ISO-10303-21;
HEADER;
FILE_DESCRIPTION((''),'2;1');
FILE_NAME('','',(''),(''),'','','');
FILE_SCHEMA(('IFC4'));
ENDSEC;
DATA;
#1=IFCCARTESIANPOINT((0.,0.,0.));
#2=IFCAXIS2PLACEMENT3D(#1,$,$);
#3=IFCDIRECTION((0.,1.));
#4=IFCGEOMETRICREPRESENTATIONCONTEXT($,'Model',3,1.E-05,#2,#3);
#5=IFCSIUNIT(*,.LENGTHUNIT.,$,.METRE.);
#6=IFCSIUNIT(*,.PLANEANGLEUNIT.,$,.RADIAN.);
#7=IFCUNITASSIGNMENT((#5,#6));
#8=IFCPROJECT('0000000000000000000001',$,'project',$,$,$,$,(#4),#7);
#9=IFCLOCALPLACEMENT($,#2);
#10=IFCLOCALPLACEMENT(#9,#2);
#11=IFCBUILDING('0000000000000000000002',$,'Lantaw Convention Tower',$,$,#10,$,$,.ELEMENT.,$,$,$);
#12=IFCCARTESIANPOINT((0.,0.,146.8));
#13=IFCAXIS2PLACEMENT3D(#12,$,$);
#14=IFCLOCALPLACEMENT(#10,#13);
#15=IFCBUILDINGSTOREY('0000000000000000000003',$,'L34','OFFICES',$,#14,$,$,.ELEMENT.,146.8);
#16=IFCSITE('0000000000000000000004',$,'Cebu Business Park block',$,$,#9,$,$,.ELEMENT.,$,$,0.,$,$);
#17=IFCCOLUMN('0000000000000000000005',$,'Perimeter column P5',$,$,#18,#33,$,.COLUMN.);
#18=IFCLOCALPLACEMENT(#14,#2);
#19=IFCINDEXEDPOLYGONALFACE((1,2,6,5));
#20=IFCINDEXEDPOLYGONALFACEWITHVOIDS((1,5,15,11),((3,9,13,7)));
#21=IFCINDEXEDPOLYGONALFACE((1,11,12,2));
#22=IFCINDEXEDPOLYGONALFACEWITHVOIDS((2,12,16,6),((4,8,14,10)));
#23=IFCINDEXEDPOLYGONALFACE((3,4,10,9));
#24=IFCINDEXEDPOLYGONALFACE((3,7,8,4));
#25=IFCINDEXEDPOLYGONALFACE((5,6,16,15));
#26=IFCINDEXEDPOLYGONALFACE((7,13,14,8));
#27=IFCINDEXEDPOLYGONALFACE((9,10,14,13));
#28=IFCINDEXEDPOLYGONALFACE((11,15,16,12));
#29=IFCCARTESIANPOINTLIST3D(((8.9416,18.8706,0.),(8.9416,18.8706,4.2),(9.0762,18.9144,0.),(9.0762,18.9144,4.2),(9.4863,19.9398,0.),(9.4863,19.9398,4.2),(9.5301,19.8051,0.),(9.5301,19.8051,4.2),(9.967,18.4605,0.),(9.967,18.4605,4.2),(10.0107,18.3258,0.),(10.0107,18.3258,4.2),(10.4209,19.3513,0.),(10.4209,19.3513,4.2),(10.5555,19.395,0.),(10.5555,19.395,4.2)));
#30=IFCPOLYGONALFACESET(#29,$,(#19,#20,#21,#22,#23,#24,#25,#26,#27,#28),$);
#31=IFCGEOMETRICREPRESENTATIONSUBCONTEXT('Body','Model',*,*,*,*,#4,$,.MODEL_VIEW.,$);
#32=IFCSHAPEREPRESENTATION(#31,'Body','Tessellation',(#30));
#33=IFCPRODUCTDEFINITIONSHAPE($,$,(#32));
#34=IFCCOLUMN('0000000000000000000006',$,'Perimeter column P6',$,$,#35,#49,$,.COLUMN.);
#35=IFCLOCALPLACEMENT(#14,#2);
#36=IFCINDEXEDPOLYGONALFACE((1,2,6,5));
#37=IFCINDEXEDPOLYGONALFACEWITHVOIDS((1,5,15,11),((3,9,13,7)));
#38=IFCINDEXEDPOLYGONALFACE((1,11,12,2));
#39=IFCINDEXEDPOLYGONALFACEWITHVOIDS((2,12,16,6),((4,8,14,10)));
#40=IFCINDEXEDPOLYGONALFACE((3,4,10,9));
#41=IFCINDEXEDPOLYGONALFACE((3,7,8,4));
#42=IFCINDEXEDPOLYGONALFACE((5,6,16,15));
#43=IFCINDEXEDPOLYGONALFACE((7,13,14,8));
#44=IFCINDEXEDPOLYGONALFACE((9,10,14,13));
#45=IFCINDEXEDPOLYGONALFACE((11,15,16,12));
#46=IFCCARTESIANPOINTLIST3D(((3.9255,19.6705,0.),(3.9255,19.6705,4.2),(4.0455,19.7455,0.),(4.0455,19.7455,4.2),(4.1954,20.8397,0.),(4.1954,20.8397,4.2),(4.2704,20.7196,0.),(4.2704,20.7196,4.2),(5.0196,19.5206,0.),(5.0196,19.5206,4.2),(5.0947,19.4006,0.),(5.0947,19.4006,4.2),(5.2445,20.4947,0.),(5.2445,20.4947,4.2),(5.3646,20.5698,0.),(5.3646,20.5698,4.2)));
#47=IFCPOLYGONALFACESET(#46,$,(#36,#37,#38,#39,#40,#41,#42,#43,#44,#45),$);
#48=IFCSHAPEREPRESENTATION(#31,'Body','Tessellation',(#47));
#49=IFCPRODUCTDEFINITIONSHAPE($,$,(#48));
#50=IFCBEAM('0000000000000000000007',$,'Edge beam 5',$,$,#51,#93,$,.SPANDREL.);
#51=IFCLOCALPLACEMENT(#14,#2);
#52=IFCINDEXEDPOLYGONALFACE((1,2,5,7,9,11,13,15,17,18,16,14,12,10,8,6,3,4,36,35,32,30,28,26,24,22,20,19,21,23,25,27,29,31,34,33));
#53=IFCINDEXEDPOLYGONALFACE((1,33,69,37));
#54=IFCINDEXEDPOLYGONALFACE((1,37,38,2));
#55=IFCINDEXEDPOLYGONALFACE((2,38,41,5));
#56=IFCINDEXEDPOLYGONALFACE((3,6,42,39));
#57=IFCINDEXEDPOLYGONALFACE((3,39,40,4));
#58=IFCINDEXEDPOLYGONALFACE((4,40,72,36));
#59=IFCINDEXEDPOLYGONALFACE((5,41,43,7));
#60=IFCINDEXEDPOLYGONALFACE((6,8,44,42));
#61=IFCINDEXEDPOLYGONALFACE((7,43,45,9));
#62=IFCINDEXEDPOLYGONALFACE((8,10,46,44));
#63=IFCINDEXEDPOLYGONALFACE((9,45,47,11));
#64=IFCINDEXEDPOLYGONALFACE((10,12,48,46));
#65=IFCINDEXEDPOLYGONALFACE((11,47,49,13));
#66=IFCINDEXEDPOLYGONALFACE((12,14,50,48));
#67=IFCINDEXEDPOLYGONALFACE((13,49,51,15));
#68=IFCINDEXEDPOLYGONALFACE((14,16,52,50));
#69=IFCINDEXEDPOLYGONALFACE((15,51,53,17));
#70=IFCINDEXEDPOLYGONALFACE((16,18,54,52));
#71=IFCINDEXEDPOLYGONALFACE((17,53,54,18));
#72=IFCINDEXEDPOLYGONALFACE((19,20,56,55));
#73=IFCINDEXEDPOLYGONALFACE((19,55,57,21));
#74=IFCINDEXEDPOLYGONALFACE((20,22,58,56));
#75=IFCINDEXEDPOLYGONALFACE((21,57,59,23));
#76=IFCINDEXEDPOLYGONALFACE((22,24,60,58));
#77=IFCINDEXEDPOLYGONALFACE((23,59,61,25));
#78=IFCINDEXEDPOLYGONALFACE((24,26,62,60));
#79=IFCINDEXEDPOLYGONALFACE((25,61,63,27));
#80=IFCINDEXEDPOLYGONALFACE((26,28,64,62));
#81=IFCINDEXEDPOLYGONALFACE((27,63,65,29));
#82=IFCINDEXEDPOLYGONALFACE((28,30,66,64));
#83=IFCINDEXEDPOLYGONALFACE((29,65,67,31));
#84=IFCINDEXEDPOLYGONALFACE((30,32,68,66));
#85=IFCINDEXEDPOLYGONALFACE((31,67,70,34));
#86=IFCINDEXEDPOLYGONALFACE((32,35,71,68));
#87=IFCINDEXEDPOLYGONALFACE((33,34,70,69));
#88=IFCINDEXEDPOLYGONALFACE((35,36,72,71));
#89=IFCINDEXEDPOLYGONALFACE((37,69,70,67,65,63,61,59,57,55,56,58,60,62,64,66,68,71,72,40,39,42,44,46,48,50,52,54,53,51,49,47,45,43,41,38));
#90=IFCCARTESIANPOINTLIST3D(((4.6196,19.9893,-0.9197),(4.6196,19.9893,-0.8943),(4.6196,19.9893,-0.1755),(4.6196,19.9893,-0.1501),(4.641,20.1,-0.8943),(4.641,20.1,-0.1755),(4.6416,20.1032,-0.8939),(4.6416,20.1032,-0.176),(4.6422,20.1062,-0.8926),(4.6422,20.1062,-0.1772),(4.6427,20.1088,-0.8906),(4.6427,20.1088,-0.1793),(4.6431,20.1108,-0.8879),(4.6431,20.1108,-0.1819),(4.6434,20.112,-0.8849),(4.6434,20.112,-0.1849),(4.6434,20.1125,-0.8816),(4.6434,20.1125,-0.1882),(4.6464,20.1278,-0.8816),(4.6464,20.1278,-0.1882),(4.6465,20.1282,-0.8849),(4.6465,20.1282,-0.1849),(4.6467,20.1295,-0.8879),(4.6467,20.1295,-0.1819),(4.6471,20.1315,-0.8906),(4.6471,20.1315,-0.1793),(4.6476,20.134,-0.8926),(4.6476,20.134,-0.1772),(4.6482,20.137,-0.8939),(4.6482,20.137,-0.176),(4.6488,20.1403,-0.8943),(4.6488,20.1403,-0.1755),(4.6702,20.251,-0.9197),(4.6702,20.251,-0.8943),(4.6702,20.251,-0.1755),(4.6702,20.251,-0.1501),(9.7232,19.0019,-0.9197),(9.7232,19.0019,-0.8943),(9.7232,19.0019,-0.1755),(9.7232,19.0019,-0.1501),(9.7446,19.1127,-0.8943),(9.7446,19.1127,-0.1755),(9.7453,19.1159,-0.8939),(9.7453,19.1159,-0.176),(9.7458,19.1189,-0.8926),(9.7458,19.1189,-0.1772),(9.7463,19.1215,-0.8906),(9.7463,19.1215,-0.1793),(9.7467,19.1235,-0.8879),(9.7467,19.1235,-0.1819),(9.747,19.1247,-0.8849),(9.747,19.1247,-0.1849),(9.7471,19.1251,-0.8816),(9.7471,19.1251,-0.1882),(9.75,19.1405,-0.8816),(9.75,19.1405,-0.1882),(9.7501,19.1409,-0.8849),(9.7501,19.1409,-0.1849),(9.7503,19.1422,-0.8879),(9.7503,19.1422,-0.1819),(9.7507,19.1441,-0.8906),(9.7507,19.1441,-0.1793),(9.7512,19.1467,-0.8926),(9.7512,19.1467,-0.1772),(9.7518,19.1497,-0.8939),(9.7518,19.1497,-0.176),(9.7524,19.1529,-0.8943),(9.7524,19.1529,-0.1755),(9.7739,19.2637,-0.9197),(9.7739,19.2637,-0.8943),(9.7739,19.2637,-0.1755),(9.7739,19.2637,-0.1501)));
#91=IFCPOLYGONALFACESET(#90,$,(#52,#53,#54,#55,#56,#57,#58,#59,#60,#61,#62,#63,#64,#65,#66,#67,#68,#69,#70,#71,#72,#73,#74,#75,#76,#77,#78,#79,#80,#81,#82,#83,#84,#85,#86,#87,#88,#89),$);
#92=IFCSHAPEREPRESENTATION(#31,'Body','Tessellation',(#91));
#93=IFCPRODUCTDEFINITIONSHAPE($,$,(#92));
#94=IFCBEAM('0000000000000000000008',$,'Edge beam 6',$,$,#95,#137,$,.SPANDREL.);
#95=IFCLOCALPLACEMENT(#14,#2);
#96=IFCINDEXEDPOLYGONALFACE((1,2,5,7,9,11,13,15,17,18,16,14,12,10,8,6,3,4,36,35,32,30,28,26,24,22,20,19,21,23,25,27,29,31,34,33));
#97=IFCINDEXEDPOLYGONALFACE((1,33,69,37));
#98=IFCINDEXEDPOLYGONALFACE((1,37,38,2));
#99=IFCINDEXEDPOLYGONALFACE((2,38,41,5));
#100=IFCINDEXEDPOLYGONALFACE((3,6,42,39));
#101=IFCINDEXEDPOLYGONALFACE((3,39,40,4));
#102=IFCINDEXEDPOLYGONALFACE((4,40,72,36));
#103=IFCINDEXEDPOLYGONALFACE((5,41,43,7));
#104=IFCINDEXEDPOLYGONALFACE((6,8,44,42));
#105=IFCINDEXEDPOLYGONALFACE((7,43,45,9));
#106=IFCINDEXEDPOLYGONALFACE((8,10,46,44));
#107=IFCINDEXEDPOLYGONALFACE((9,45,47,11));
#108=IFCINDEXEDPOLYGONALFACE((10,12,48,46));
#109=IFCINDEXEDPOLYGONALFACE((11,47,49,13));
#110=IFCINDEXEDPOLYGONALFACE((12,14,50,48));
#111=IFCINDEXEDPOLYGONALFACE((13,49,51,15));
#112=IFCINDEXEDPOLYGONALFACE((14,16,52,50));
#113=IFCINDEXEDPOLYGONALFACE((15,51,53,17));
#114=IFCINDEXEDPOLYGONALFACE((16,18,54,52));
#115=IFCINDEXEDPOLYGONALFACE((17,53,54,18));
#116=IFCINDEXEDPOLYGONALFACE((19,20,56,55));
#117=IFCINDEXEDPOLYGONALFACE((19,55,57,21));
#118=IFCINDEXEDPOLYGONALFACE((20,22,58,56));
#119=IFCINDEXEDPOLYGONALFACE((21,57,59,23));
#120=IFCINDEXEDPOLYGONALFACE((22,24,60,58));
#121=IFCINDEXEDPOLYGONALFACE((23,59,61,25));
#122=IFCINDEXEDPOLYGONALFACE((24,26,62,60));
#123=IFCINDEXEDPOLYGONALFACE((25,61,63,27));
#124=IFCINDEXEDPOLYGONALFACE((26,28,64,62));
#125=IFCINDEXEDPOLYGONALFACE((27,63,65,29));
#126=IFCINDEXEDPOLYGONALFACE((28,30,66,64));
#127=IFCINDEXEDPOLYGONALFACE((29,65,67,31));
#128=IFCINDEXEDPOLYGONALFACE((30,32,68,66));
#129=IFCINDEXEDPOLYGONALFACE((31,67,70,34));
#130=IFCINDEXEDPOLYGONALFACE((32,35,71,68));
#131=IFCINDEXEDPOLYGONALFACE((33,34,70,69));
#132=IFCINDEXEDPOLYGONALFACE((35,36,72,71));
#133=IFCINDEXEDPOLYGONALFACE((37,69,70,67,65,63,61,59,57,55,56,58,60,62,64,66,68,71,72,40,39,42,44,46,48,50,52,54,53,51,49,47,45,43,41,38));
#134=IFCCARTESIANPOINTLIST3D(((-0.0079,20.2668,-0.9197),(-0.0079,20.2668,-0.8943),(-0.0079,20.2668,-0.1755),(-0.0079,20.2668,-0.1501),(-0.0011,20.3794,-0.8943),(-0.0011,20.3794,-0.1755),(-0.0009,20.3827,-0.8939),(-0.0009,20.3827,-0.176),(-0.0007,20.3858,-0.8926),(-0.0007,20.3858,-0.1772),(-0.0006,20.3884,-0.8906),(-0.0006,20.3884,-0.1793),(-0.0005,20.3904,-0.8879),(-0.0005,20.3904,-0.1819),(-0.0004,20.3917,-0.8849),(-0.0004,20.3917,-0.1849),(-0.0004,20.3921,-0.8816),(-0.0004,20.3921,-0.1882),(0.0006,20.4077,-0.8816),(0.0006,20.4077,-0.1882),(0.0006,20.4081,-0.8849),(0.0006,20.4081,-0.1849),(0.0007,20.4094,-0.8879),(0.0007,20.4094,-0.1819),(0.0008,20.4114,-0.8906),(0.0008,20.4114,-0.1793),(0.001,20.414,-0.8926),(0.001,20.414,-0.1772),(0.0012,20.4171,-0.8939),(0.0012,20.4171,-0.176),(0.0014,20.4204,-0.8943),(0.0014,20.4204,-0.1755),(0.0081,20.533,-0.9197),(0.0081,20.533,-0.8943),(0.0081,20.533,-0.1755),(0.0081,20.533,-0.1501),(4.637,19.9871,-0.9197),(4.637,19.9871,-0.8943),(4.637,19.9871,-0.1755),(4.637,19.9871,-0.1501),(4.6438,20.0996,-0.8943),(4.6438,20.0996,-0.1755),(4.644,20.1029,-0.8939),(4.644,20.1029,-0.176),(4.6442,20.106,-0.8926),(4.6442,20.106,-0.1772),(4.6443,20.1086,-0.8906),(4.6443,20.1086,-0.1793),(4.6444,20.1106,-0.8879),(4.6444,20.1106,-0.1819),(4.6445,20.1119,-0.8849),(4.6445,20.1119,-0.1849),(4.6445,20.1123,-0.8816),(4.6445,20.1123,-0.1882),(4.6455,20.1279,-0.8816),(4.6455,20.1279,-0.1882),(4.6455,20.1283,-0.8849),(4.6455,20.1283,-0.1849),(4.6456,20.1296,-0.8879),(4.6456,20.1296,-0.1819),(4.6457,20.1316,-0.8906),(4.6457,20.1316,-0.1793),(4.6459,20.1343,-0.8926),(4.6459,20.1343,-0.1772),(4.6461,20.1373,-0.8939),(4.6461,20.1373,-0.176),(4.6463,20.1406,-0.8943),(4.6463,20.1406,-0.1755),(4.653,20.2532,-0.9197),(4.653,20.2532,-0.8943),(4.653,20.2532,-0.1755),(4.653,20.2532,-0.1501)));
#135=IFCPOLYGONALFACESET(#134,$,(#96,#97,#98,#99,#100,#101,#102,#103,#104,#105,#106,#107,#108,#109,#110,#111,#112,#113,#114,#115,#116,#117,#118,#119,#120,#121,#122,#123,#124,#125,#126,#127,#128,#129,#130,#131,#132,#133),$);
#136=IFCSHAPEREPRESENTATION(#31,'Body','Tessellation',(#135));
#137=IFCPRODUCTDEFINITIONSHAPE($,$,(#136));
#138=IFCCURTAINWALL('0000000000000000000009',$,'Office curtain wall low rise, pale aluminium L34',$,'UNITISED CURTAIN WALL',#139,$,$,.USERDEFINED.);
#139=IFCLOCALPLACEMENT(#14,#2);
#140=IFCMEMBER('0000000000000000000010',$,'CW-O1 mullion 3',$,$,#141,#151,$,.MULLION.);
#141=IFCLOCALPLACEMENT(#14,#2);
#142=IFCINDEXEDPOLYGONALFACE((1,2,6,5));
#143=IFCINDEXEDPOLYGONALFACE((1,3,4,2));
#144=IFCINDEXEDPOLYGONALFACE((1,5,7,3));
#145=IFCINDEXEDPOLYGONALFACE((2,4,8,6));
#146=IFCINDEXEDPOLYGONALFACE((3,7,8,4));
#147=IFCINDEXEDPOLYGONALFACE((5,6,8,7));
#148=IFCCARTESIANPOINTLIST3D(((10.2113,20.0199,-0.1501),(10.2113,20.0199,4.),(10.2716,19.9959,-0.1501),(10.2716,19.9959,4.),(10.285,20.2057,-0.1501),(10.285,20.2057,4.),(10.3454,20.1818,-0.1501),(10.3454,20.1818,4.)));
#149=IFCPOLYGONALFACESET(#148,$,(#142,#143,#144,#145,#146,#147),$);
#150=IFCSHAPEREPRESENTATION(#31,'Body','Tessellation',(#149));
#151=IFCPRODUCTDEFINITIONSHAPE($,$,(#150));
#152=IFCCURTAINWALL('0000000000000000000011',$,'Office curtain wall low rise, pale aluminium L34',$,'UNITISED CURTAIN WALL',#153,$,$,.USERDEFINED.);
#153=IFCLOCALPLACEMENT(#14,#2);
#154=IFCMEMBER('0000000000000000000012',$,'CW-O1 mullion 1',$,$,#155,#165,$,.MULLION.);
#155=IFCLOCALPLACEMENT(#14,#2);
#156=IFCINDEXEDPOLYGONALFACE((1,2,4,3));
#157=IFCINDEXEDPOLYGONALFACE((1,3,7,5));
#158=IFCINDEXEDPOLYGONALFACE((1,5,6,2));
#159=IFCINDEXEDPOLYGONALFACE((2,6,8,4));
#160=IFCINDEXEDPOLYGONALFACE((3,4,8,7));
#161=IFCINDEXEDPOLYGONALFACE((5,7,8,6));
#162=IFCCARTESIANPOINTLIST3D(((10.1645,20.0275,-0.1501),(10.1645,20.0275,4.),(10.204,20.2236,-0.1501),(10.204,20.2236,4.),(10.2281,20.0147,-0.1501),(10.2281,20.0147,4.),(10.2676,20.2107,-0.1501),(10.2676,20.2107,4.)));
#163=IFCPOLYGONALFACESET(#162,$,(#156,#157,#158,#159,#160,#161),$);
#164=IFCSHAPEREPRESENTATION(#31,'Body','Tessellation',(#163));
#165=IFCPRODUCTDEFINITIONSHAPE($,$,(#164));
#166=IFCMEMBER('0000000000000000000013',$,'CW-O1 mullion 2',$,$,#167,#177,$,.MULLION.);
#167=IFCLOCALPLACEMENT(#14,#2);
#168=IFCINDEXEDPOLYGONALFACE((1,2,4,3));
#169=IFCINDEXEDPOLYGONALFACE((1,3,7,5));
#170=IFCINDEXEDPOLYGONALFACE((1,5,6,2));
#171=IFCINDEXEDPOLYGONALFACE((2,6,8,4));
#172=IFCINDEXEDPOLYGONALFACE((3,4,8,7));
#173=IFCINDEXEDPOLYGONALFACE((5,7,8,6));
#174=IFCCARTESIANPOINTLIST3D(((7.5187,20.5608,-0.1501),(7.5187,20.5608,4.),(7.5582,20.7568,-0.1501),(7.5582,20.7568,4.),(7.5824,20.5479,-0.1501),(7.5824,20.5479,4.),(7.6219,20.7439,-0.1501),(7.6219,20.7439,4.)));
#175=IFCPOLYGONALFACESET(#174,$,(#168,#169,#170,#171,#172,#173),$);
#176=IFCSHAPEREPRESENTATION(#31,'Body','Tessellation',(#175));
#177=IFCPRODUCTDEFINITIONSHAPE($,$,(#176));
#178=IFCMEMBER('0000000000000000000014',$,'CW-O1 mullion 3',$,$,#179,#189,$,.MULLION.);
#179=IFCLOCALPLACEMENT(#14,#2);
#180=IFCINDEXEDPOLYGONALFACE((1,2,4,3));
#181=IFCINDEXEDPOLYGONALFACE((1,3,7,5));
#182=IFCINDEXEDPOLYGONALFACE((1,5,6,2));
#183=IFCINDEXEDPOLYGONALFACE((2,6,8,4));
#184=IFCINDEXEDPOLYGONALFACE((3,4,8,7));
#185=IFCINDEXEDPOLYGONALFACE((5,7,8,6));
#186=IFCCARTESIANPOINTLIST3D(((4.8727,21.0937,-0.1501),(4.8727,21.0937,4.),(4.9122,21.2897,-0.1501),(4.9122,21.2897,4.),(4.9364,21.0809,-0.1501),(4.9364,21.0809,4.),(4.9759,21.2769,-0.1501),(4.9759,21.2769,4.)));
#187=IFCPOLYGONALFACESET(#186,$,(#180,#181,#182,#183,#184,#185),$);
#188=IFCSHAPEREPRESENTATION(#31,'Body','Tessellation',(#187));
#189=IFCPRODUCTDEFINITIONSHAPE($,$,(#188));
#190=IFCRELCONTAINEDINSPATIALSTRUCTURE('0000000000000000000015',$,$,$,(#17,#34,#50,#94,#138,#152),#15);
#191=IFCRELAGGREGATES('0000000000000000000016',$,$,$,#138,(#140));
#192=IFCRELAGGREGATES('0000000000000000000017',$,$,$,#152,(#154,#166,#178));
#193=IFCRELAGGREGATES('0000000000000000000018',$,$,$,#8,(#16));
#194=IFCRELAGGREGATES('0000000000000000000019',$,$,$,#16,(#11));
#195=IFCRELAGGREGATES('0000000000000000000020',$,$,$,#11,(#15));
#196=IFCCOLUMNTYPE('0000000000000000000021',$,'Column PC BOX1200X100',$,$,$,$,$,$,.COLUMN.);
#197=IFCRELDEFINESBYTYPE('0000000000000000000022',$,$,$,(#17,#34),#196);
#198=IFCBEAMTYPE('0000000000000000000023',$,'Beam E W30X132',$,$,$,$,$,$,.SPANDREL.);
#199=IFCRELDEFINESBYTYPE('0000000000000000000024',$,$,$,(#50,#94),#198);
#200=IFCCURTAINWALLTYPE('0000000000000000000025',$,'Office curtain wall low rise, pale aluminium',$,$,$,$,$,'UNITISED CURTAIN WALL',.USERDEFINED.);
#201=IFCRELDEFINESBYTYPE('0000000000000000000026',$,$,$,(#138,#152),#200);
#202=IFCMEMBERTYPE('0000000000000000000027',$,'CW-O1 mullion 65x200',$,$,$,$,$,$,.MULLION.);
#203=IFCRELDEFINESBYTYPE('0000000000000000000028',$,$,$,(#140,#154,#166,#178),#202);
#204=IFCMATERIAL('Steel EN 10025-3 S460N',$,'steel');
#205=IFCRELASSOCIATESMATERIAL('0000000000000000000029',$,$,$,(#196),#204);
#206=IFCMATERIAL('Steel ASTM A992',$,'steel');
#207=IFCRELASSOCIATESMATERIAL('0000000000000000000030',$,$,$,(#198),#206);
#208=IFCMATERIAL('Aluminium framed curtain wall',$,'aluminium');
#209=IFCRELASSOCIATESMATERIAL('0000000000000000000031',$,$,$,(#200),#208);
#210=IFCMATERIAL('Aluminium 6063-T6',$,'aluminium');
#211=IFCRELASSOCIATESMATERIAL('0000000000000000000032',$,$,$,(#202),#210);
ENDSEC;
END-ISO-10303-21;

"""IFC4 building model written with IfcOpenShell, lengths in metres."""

from ifc_helpers import new_model, si_unit, direction, frame, origin, origin_2d, place, context, subcontext, project, spatial, rectangle, hollow_rectangle, i_section, extrude, material, material_profile, profile_set, type_object, element, aggregate, save


model = new_model("IFC4")

# Units and contexts
model_context = context("Model", 3, precision=1e-05, world=origin(), true_north=direction((0.0, 1.0)))
body_context = subcontext(model_context, "Body", "Model", "MODEL_VIEW")
ifc_project = project(units=[si_unit("LENGTHUNIT", "METRE"), si_unit("PLANEANGLEUNIT", "RADIAN")], contexts=[model_context])

# Site, building, storey
site_placement = place(None, origin())
site = spatial("IfcSite", under=ifc_project, at=site_placement, Name="Cebu Business Park block", CompositionType="ELEMENT", RefElevation=0.0)
building_placement = place(site_placement, origin())
building = spatial("IfcBuilding", under=site, at=building_placement, Name="Lantaw Convention Tower", CompositionType="ELEMENT")
storey_placement = place(building_placement, frame((0.0, 0.0, 146.8)))
storey = spatial("IfcBuildingStorey", under=building, at=storey_placement, Name="L34", Description="OFFICES", CompositionType="ELEMENT", Elevation=146.8)

# Columns
ifc_material_1 = material(Name="Steel EN 10025-3 S460N", Category="steel")
ifc_material_profile_1 = material_profile(ifc_material_1, hollow_rectangle(XDim=1.2, YDim=1.2, WallThickness=0.1001, at=origin_2d()), Name="BOX1200X100")
ifc_material_2 = material(Name="Concrete C60/75", Category="concrete")
ifc_material_profile_2 = material_profile(ifc_material_2, rectangle(XDim=1.0, YDim=1.0, at=origin_2d()), Name="Concrete fill of BOX1200X100")
ifc_profile_set_1 = profile_set([ifc_material_profile_1, ifc_material_profile_2], Name="Steel EN 10025-3 S460N")
column_type = type_object("IfcColumnType", Name="Column PC BOX1200X100", PredefinedType="COLUMN", material=ifc_profile_set_1)
for number, where, z_axis, x_axis, name in (
    (1, (9.7485, 19.1328, 0.0), (0.0, 0.0, 1.0), (0.45399, 0.891007, 0.0), "Perimeter column P5"),
    (2, (4.645, 20.1201, 0.0), (0.0, 0.0, 1.0), (0.224951, 0.97437, 0.0), "Perimeter column P6"),
):
    element("IfcColumn", number, at=place(storey_placement, frame(where, z_axis=z_axis, x_axis=x_axis)), inside=storey, type_object=column_type, Name=name, PredefinedType="COLUMN", context=body_context, shape_type="SweptSolid", body=[
        extrude(hollow_rectangle(XDim=1.2, YDim=1.2, WallThickness=0.1001, at=origin_2d()), origin(), (0.0, 0.0, 1.0), 4.2),
    ])

# Beams
ifc_material_3 = material(Name="Steel ASTM A992", Category="steel")
ifc_material_profile_3 = material_profile(ifc_material_3, i_section(OverallWidth=0.2666, OverallDepth=0.7695, WebThickness=0.0156, FlangeThickness=0.0254, FilletRadius=0.0127, at=origin_2d()), Name="W30X132")
ifc_profile_set_2 = profile_set([ifc_material_profile_3], Name="Steel ASTM A992")
beam_type = type_object("IfcBeamType", Name="Beam E W30X132", PredefinedType="SPANDREL", material=ifc_profile_set_2)
beam_1_placement = place(storey_placement, frame((9.7485, 19.1328, -0.5349), z_axis=(-0.981797, 0.189934, 0.0), x_axis=(-0.189934, -0.981797, 0.0)))
element("IfcBeam", 3, at=beam_1_placement, inside=storey, type_object=beam_type, Name="Edge beam 5", PredefinedType="SPANDREL", context=body_context, shape_type="SweptSolid", body=[
    extrude(i_section(OverallWidth=0.2666, OverallDepth=0.7695, WebThickness=0.0156, FlangeThickness=0.0254, FilletRadius=0.0127, at=origin_2d()), origin(), (0.0, 0.0, 1.0), 5.1982),
])
beam_2_placement = place(storey_placement, frame((4.645, 20.1201, -0.5349), z_axis=(-0.998191, 0.060124, 0.0), x_axis=(-0.060124, -0.998191, 0.0)))
element("IfcBeam", 4, at=beam_2_placement, inside=storey, type_object=beam_type, Name="Edge beam 6", PredefinedType="SPANDREL", context=body_context, shape_type="SweptSolid", body=[
    extrude(i_section(OverallWidth=0.2666, OverallDepth=0.7695, WebThickness=0.0156, FlangeThickness=0.0254, FilletRadius=0.0127, at=origin_2d()), origin(), (0.0, 0.0, 1.0), 4.6533),
])

# Curtain wall, member
ifc_material_4 = material(Name="Aluminium framed curtain wall", Category="aluminium")
curtain_wall_type = type_object("IfcCurtainWallType", Name="Office curtain wall low rise, pale aluminium", ElementType="UNITISED CURTAIN WALL", PredefinedType="USERDEFINED", material=ifc_material_4)
curtain_wall_1_placement = place(storey_placement, origin())
curtain_wall_1 = element("IfcCurtainWall", 5, at=curtain_wall_1_placement, inside=storey, type_object=curtain_wall_type, Name="Office curtain wall low rise, pale aluminium L34", ObjectType="UNITISED CURTAIN WALL", PredefinedType="USERDEFINED")
ifc_material_5 = material(Name="Aluminium 6063-T6", Category="aluminium")
ifc_material_profile_4 = material_profile(ifc_material_5, rectangle(XDim=0.2, YDim=0.0649, at=origin_2d()), Name="CW-O1 mullion 65x200")
ifc_profile_set_3 = profile_set([ifc_material_profile_4], Name="Aluminium 6063-T6")
member_type_1 = type_object("IfcMemberType", Name="CW-O1 mullion 65x200", PredefinedType="MULLION", material=ifc_profile_set_3)
member_1_placement = place(storey_placement, frame((10.2783, 20.1008, -0.1501), z_axis=(0.0, 0.0, 1.0), x_axis=(-0.368702, -0.929548, 0.0)))
member_1 = element("IfcMember", 6, at=member_1_placement, type_object=member_type_1, Name="CW-O1 mullion 3", PredefinedType="MULLION", context=body_context, shape_type="SweptSolid", body=[
    extrude(rectangle(XDim=0.2, YDim=0.0649, at=origin_2d()), origin(), (0.0, 0.0, 1.0), 4.1501),
])

# Curtain wall, members
curtain_wall_2_placement = place(storey_placement, origin())
curtain_wall_2 = element("IfcCurtainWall", 7, at=curtain_wall_2_placement, inside=storey, type_object=curtain_wall_type, Name="Office curtain wall low rise, pale aluminium L34", ObjectType="UNITISED CURTAIN WALL", PredefinedType="USERDEFINED")
member_2_placement = place(storey_placement, frame((10.2161, 20.1191, -0.1501), z_axis=(0.0, 0.0, 1.0), x_axis=(-0.197507, -0.980302, 0.0)))
member_2 = element("IfcMember", 8, at=member_2_placement, type_object=member_type_1, Name="CW-O1 mullion 1", PredefinedType="MULLION", context=body_context, shape_type="SweptSolid", body=[
    extrude(rectangle(XDim=0.2, YDim=0.0649, at=origin_2d()), origin(), (0.0, 0.0, 1.0), 4.1501),
])
member_3_placement = place(storey_placement, frame((7.5703, 20.6523, -0.1501), z_axis=(0.0, 0.0, 1.0), x_axis=(-0.197507, -0.980302, 0.0)))
member_3 = element("IfcMember", 9, at=member_3_placement, type_object=member_type_1, Name="CW-O1 mullion 2", PredefinedType="MULLION", context=body_context, shape_type="SweptSolid", body=[
    extrude(rectangle(XDim=0.2, YDim=0.0649, at=origin_2d()), origin(), (0.0, 0.0, 1.0), 4.1501),
])
member_4_placement = place(storey_placement, frame((4.9243, 21.1853, -0.1501), z_axis=(0.0, 0.0, 1.0), x_axis=(-0.197507, -0.980302, 0.0)))
member_4 = element("IfcMember", 10, at=member_4_placement, type_object=member_type_1, Name="CW-O1 mullion 3", PredefinedType="MULLION", context=body_context, shape_type="SweptSolid", body=[
    extrude(rectangle(XDim=0.2, YDim=0.0649, at=origin_2d()), origin(), (0.0, 0.0, 1.0), 4.1501),
])

aggregate(curtain_wall_1, [member_1])
aggregate(curtain_wall_2, [member_2, member_3, member_4])

save(model, "model.ifc")
